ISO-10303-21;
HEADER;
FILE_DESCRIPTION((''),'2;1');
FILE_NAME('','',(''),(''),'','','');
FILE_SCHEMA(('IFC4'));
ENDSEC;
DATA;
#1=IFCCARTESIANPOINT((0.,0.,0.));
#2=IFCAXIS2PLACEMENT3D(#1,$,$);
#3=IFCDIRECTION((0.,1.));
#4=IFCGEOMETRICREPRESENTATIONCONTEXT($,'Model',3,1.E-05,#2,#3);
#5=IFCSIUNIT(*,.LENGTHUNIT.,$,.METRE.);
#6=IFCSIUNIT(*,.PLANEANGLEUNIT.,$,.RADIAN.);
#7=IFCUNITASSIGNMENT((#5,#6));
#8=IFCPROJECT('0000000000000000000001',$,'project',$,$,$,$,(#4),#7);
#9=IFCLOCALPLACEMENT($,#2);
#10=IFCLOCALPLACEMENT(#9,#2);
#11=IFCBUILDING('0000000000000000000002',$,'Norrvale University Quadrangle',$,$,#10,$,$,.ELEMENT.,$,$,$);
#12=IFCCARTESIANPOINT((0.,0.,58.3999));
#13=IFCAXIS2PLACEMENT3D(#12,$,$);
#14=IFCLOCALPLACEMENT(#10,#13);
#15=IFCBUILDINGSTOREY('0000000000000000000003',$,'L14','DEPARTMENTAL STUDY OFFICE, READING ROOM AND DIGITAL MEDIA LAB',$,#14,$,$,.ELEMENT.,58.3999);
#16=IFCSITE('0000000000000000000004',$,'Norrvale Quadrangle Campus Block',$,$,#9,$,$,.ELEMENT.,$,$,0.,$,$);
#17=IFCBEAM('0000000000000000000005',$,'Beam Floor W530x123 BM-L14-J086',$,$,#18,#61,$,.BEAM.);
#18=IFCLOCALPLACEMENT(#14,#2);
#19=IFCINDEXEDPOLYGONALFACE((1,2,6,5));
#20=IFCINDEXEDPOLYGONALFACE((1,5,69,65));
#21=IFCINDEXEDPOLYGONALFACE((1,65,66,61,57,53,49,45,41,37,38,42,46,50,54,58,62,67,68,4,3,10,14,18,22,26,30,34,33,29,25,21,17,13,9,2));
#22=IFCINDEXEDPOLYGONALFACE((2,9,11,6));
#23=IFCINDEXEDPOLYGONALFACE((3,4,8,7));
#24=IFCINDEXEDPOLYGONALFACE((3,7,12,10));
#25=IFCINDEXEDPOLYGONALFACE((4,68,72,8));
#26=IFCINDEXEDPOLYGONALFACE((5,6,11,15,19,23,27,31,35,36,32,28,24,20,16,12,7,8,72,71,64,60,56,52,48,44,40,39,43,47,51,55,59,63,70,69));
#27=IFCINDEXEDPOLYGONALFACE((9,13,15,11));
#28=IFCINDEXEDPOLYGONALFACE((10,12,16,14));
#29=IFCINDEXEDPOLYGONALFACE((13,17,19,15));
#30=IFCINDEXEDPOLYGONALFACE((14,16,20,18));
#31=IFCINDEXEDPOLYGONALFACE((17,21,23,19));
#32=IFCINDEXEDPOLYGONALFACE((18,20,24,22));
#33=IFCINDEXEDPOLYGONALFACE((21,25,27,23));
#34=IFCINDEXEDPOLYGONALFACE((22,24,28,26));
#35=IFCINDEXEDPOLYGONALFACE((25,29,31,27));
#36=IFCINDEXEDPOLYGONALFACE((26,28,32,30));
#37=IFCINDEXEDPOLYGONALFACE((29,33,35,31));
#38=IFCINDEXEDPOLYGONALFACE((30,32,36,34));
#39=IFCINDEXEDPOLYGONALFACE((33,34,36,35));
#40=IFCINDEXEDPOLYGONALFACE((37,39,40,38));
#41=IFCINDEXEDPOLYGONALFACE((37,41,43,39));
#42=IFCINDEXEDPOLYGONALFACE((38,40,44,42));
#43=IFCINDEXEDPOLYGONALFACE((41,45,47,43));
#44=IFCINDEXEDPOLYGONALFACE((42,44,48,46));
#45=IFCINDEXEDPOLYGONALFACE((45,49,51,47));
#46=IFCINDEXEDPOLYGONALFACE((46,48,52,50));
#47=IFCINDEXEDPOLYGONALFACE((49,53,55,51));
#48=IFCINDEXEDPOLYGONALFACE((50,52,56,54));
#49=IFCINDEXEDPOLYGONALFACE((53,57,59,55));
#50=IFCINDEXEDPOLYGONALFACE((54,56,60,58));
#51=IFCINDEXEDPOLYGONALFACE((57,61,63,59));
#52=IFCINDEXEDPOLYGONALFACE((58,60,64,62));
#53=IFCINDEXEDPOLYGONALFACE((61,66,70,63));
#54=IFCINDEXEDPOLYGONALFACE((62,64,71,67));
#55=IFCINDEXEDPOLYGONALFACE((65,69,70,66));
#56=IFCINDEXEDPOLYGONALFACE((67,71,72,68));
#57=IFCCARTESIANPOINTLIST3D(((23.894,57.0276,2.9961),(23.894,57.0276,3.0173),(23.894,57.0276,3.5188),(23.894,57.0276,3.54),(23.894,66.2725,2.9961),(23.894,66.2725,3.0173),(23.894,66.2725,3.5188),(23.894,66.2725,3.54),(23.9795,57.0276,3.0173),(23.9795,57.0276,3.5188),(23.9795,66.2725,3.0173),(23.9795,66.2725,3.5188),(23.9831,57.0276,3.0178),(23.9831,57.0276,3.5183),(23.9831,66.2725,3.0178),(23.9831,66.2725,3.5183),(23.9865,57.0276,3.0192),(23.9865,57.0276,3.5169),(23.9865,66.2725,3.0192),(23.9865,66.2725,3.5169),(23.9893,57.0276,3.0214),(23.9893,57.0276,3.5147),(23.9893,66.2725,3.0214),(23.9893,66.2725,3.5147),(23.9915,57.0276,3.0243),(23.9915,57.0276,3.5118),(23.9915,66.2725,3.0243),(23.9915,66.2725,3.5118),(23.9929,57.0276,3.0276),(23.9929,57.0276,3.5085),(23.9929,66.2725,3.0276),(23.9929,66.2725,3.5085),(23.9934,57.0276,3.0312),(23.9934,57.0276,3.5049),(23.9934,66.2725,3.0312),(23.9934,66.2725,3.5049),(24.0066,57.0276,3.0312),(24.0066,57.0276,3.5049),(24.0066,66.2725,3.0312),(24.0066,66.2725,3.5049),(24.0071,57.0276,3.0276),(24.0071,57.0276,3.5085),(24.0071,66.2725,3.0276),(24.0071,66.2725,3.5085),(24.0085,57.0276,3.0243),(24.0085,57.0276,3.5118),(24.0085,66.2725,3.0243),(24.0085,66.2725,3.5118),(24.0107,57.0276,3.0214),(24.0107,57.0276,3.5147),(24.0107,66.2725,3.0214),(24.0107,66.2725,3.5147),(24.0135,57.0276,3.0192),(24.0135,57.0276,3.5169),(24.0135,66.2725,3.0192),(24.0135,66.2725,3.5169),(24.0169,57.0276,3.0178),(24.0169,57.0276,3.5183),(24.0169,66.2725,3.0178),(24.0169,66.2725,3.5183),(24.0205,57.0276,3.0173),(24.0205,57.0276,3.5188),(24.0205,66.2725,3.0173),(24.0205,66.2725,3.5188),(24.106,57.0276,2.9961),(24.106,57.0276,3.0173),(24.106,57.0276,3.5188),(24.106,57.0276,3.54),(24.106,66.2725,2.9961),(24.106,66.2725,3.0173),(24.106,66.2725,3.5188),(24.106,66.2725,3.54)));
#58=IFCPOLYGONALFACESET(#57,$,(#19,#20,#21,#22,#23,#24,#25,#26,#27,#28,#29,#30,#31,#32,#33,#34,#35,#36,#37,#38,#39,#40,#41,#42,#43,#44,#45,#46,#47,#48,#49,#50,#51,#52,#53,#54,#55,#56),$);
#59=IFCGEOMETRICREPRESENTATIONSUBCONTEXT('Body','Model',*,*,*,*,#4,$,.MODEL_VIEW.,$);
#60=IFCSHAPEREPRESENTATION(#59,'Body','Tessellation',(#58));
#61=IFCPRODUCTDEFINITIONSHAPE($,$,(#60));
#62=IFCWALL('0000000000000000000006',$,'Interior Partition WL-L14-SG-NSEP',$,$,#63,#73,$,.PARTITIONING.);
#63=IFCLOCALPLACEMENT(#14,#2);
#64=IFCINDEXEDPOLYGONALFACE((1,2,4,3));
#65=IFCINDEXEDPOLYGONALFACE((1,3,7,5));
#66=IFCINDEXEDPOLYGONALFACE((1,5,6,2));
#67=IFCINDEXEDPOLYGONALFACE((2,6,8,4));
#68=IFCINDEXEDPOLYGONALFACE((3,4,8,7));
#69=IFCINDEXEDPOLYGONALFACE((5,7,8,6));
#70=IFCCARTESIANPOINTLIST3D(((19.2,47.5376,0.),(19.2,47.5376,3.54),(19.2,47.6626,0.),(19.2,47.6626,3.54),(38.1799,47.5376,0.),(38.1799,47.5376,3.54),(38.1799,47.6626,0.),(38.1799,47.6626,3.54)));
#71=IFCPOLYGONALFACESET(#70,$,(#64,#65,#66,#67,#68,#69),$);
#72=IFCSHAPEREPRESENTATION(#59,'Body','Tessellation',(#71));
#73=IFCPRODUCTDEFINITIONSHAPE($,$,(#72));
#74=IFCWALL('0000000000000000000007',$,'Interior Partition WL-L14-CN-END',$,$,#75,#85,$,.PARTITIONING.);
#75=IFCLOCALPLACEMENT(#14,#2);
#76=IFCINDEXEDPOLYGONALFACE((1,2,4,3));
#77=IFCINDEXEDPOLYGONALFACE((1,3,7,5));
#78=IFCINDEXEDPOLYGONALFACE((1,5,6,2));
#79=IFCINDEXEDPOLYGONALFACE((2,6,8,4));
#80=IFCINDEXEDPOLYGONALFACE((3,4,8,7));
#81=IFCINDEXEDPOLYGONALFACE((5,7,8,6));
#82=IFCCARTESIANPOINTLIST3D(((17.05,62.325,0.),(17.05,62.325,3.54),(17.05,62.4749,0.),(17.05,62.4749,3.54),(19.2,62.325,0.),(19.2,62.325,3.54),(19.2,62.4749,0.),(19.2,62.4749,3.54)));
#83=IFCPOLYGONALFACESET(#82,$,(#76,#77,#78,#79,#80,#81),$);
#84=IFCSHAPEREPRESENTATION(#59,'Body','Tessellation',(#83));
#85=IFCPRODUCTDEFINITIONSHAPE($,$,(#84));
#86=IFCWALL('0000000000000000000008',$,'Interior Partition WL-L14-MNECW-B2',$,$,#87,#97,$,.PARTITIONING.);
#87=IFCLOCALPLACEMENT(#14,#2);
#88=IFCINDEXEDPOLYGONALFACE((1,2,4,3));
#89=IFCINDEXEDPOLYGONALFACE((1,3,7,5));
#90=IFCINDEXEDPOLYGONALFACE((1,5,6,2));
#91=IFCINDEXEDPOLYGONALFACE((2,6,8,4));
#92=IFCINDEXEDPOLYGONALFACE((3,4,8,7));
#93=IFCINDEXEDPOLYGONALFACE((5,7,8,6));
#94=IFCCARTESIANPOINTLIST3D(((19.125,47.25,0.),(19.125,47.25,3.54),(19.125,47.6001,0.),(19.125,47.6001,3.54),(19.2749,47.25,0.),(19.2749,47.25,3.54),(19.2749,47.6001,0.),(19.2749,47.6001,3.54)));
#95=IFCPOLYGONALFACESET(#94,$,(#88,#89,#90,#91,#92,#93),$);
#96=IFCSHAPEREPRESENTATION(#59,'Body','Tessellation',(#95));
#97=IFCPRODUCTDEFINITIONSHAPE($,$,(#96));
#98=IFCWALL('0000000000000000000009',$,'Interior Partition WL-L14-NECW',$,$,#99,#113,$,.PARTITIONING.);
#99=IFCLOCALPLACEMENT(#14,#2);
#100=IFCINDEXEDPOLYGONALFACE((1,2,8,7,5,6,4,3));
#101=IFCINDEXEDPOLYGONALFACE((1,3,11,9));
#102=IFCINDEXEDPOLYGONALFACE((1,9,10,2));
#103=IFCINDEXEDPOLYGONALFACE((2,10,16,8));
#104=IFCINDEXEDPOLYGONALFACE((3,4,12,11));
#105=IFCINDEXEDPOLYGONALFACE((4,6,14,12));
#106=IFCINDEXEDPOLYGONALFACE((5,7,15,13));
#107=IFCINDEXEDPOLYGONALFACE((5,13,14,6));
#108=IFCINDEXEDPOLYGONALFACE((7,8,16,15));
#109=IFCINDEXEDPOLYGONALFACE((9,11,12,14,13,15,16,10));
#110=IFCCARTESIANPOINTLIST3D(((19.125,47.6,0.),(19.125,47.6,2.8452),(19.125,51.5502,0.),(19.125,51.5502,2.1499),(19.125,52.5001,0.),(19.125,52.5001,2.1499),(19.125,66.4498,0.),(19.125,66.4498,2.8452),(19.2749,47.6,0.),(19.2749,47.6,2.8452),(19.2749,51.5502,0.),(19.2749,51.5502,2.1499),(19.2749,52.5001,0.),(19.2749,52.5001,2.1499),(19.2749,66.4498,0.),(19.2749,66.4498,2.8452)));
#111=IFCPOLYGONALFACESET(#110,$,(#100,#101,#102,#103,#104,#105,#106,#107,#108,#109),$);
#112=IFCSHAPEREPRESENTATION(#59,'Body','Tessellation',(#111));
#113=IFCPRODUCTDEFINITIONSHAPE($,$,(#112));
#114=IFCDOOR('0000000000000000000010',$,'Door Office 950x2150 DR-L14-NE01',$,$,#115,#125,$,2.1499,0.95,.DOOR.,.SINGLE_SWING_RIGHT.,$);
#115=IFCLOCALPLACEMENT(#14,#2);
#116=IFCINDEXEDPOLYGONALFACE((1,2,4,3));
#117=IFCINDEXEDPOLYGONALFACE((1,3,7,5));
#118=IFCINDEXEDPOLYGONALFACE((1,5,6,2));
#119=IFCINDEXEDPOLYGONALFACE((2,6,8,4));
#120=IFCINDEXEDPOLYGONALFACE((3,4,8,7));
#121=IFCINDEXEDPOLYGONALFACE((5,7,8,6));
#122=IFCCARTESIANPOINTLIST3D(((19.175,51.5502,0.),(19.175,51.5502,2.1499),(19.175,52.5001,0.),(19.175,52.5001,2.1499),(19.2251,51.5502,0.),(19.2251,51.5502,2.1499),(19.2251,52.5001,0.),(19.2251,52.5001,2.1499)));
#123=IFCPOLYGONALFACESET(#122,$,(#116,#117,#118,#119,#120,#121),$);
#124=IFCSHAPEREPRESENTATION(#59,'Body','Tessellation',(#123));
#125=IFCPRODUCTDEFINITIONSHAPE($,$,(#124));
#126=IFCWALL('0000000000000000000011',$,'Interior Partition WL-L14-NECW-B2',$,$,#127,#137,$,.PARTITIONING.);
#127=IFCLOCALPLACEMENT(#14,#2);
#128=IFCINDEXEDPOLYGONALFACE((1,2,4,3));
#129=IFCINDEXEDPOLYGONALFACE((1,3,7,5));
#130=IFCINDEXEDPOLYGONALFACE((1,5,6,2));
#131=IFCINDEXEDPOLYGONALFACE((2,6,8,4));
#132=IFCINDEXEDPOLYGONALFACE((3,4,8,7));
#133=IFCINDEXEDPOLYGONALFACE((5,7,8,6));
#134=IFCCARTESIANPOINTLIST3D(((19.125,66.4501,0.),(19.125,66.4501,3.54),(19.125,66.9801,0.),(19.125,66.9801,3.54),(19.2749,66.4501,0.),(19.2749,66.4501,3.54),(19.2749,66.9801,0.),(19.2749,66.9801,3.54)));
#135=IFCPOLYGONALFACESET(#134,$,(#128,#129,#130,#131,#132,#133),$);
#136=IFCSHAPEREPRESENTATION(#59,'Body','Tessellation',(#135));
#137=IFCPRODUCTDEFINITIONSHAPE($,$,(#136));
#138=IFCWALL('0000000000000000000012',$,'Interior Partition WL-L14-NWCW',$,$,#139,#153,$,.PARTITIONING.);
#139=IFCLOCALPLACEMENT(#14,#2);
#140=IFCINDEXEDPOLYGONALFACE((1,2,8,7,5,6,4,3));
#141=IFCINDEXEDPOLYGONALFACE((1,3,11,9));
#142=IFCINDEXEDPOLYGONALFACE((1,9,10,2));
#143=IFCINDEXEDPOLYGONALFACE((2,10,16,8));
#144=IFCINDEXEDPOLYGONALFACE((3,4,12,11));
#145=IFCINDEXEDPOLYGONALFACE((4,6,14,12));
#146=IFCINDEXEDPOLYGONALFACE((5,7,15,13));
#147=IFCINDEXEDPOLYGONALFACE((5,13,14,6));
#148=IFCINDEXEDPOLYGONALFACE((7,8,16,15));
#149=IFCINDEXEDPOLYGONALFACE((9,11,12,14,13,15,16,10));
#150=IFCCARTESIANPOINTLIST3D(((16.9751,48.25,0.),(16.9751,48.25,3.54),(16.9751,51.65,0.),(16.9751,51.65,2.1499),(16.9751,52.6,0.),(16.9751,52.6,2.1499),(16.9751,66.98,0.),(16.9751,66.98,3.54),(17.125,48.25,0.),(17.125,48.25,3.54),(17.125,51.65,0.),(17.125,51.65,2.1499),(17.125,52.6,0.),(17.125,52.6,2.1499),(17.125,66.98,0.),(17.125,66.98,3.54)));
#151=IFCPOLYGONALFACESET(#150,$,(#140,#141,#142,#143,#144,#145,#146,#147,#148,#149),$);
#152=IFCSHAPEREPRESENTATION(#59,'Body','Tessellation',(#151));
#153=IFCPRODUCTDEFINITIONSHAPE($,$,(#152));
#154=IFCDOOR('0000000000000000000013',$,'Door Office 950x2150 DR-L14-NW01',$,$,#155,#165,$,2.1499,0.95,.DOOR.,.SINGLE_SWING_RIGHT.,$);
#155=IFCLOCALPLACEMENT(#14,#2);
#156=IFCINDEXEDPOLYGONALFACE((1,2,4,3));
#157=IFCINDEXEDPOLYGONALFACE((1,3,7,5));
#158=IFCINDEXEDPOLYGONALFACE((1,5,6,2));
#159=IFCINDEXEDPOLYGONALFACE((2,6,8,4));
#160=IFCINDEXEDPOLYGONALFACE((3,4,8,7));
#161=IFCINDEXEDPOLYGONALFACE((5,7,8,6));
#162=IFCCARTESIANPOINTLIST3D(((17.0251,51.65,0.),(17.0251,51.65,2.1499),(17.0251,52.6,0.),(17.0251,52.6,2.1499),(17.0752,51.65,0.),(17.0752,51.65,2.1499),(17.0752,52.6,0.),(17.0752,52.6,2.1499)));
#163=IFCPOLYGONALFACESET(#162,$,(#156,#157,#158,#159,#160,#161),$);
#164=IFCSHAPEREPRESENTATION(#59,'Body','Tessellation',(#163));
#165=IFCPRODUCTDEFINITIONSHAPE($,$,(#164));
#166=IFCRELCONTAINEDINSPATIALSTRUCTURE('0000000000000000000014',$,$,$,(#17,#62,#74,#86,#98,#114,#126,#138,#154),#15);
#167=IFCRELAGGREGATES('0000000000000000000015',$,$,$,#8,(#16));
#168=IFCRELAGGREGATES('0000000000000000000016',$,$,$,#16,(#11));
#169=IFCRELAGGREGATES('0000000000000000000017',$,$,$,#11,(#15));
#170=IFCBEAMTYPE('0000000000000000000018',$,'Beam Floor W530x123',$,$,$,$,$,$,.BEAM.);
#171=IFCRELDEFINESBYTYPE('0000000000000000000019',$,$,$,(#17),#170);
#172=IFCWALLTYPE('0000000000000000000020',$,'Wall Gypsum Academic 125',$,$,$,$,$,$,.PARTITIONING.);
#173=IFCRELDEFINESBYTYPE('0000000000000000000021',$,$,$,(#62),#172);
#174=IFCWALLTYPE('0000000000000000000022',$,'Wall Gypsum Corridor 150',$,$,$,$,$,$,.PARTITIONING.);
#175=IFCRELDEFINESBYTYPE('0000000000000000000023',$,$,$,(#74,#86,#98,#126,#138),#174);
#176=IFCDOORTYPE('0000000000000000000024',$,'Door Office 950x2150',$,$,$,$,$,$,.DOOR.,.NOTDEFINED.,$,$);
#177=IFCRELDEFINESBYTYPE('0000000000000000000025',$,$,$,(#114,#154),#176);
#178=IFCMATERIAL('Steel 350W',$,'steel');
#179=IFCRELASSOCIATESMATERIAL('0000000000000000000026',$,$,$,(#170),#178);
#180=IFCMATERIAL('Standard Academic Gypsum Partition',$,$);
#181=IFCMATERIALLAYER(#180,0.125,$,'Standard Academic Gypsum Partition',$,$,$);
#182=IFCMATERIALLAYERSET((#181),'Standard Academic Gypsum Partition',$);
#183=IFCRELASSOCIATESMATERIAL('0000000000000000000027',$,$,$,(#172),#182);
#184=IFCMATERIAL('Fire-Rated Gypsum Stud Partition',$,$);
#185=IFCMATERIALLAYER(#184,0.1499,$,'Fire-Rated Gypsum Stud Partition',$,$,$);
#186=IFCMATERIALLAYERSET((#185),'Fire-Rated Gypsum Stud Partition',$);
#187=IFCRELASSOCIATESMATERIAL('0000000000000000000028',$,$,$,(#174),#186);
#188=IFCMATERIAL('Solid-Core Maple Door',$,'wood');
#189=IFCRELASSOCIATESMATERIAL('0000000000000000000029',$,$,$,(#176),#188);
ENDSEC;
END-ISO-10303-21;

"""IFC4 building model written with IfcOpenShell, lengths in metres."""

from ifc_helpers import new_model, si_unit, direction, frame, frame_2d, origin, origin_2d, place, context, subcontext, project, spatial, rectangle, i_section, extrude, material, layer, layer_set, material_profile, profile_set, type_object, element, fill, save


model = new_model("IFC4")

# Units and contexts
model_context = context("Model", 3, precision=1e-05, world=origin(), true_north=direction((0.0, 1.0)))
body_context = subcontext(model_context, "Body", "Model", "MODEL_VIEW")
ifc_project = project(units=[si_unit("LENGTHUNIT", "METRE"), si_unit("PLANEANGLEUNIT", "RADIAN")], contexts=[model_context])

# Site, building, storey
site_placement = place(None, origin())
site = spatial("IfcSite", under=ifc_project, at=site_placement, Name="Norrvale Quadrangle Campus Block", CompositionType="ELEMENT", RefElevation=0.0)
building_placement = place(site_placement, origin())
building = spatial("IfcBuilding", under=site, at=building_placement, Name="Norrvale University Quadrangle", CompositionType="ELEMENT")
storey_placement = place(building_placement, frame((0.0, 0.0, 58.3999)))
storey = spatial("IfcBuildingStorey", under=building, at=storey_placement, Name="L14", Description="DEPARTMENTAL STUDY OFFICE, READING ROOM AND DIGITAL MEDIA LAB", CompositionType="ELEMENT", Elevation=58.3999)

# Beam
ifc_material_1 = material(Name="Steel 350W", Category="steel")
ifc_material_profile_1 = material_profile(ifc_material_1, i_section(OverallWidth=0.2119, OverallDepth=0.5439, WebThickness=0.0132, FlangeThickness=0.0212, FilletRadius=0.0139, at=origin_2d()), Name="Steel 350W")
ifc_profile_set_1 = profile_set([ifc_material_profile_1], Name="Steel 350W")
beam_type_1 = type_object("IfcBeamType", Name="Beam Floor W530x123", PredefinedType="BEAM", material=ifc_profile_set_1)
beam_1_placement = place(storey_placement, frame((24.0, 57.0276, 3.2681), z_axis=(0.0, 1.0, 0.0), x_axis=(-1.0, 0.0, 0.0)))
element("IfcBeam", 1, at=beam_1_placement, inside=storey, type_object=beam_type_1, Name="Beam Floor W530x123 BM-L14-J086", PredefinedType="BEAM", context=body_context, shape_type="SweptSolid", body=[
    extrude(i_section(OverallWidth=0.2119, OverallDepth=0.5439, WebThickness=0.0132, FlangeThickness=0.0212, FilletRadius=0.0139, at=origin_2d()), origin(), (0.0, 0.0, 1.0), 9.2449),
])

# Walls
ifc_material_2 = material(Name="Standard Academic Gypsum Partition")
ifc_layer_1 = layer(ifc_material_2, 0.125, Name="Standard Academic Gypsum Partition")
ifc_layer_set_1 = layer_set([ifc_layer_1], Name="Standard Academic Gypsum Partition")
wall_type_1 = type_object("IfcWallType", Name="Wall Gypsum Academic 125", PredefinedType="PARTITIONING", material=ifc_layer_set_1)
wall_1_placement = place(storey_placement, frame((19.2, 47.6001, 0.0), z_axis=(0.0, 0.0, 1.0), x_axis=(1.0, 0.0, 0.0)))
element("IfcWall", 2, at=wall_1_placement, inside=storey, type_object=wall_type_1, Name="Interior Partition WL-L14-SG-NSEP", PredefinedType="PARTITIONING", context=body_context, shape_type="SweptSolid", body=[
    extrude(rectangle(XDim=18.98, YDim=0.125, at=frame_2d((9.49, 0.0))), origin(), (0.0, 0.0, 1.0), 3.54),
])
ifc_material_3 = material(Name="Fire-Rated Gypsum Stud Partition")
ifc_layer_2 = layer(ifc_material_3, 0.1499, Name="Fire-Rated Gypsum Stud Partition")
ifc_layer_set_2 = layer_set([ifc_layer_2], Name="Fire-Rated Gypsum Stud Partition")
wall_type_2 = type_object("IfcWallType", Name="Wall Gypsum Corridor 150", PredefinedType="PARTITIONING", material=ifc_layer_set_2)
wall_2_placement = place(storey_placement, frame((17.05, 62.3999, 0.0), z_axis=(0.0, 0.0, 1.0), x_axis=(1.0, 0.0, 0.0)))
element("IfcWall", 3, at=wall_2_placement, inside=storey, type_object=wall_type_2, Name="Interior Partition WL-L14-CN-END", PredefinedType="PARTITIONING", context=body_context, shape_type="SweptSolid", body=[
    extrude(rectangle(XDim=2.1499, YDim=0.1499, at=frame_2d((1.075, 0.0))), origin(), (0.0, 0.0, 1.0), 3.54),
])
wall_3_placement = place(storey_placement, frame((19.2, 47.25, 0.0), z_axis=(0.0, 0.0, 1.0), x_axis=(0.0, 1.0, 0.0)))
element("IfcWall", 4, at=wall_3_placement, inside=storey, type_object=wall_type_2, Name="Interior Partition WL-L14-MNECW-B2", PredefinedType="PARTITIONING", context=body_context, shape_type="SweptSolid", body=[
    extrude(rectangle(XDim=0.3501, YDim=0.1499, at=frame_2d((0.175, 0.0))), origin(), (0.0, 0.0, 1.0), 3.54),
])

# Wall, opening, door
wall_4_placement = place(storey_placement, frame((19.2, 47.6001, 0.0), z_axis=(0.0, 0.0, 1.0), x_axis=(0.0, 1.0, 0.0)))
wall_4 = element("IfcWall", 5, at=wall_4_placement, inside=storey, type_object=wall_type_2, Name="Interior Partition WL-L14-NECW", PredefinedType="PARTITIONING", context=body_context, shape_type="SweptSolid", body=[
    extrude(rectangle(XDim=18.8499, YDim=0.1499, at=frame_2d((9.4248, 0.0))), origin(), (0.0, 0.0, 1.0), 2.8452),
])
opening_1_placement = place(wall_4_placement, frame((3.95, 0.0, 0.0)))
opening_1 = element("IfcOpeningElement", 6, at=opening_1_placement, cuts=wall_4, PredefinedType="OPENING", context=body_context, shape_type="SweptSolid", body=[
    extrude(rectangle(XDim=0.95, YDim=2.1499, at=frame_2d((0.4751, 1.075))), frame((0.0, 0.0869, 0.0), z_axis=(0.0, -1.0, 0.0), x_axis=(1.0, 0.0, 0.0)), (0.0, 0.0, 1.0), 0.1738),
])
ifc_material_4 = material(Name="Solid-Core Maple Door", Category="wood")
door_type = type_object("IfcDoorType", Name="Door Office 950x2150", OperationType="NOTDEFINED", PredefinedType="DOOR", material=ifc_material_4)
door_1_placement = place(opening_1_placement, origin())
door_1 = element("IfcDoor", 7, at=door_1_placement, inside=storey, type_object=door_type, Name="Door Office 950x2150 DR-L14-NE01", OperationType="SINGLE_SWING_RIGHT", OverallHeight=2.1499, OverallWidth=0.95, PredefinedType="DOOR", context=body_context, shape_type="SweptSolid", body=[
    extrude(rectangle(XDim=0.95, YDim=2.1499, at=frame_2d((0.4751, 1.075))), frame((0.0, 0.0249, 0.0), z_axis=(0.0, -1.0, 0.0), x_axis=(1.0, 0.0, 0.0)), (0.0, 0.0, 1.0), 0.05),
])
fill(opening_1, door_1)

# Wall
wall_5_placement = place(storey_placement, frame((19.2, 66.45, 0.0), z_axis=(0.0, 0.0, 1.0), x_axis=(0.0, 1.0, 0.0)))
element("IfcWall", 8, at=wall_5_placement, inside=storey, type_object=wall_type_2, Name="Interior Partition WL-L14-NECW-B2", PredefinedType="PARTITIONING", context=body_context, shape_type="SweptSolid", body=[
    extrude(rectangle(XDim=0.53, YDim=0.1499, at=frame_2d((0.2651, 0.0))), origin(), (0.0, 0.0, 1.0), 3.54),
])

# Wall, opening, door
wall_6_placement = place(storey_placement, frame((17.05, 48.25, 0.0), z_axis=(0.0, 0.0, 1.0), x_axis=(0.0, 1.0, 0.0)))
wall_6 = element("IfcWall", 9, at=wall_6_placement, inside=storey, type_object=wall_type_2, Name="Interior Partition WL-L14-NWCW", PredefinedType="PARTITIONING", context=body_context, shape_type="SweptSolid", body=[
    extrude(rectangle(XDim=18.73, YDim=0.1499, at=frame_2d((9.365, 0.0))), origin(), (0.0, 0.0, 1.0), 3.54),
])
opening_2_placement = place(wall_6_placement, frame((3.3999, 0.0, 0.0)))
opening_2 = element("IfcOpeningElement", 10, at=opening_2_placement, cuts=wall_6, PredefinedType="OPENING", context=body_context, shape_type="SweptSolid", body=[
    extrude(rectangle(XDim=0.95, YDim=2.1499, at=frame_2d((0.4751, 1.075))), frame((0.0, 0.0869, 0.0), z_axis=(0.0, -1.0, 0.0), x_axis=(1.0, 0.0, 0.0)), (0.0, 0.0, 1.0), 0.1738),
])
door_2_placement = place(opening_2_placement, origin())
door_2 = element("IfcDoor", 11, at=door_2_placement, inside=storey, type_object=door_type, Name="Door Office 950x2150 DR-L14-NW01", OperationType="SINGLE_SWING_RIGHT", OverallHeight=2.1499, OverallWidth=0.95, PredefinedType="DOOR", context=body_context, shape_type="SweptSolid", body=[
    extrude(rectangle(XDim=0.95, YDim=2.1499, at=frame_2d((0.4751, 1.075))), frame((0.0, 0.0249, 0.0), z_axis=(0.0, -1.0, 0.0), x_axis=(1.0, 0.0, 0.0)), (0.0, 0.0, 1.0), 0.05),
])
fill(opening_2, door_2)

save(model, "model.ifc")
